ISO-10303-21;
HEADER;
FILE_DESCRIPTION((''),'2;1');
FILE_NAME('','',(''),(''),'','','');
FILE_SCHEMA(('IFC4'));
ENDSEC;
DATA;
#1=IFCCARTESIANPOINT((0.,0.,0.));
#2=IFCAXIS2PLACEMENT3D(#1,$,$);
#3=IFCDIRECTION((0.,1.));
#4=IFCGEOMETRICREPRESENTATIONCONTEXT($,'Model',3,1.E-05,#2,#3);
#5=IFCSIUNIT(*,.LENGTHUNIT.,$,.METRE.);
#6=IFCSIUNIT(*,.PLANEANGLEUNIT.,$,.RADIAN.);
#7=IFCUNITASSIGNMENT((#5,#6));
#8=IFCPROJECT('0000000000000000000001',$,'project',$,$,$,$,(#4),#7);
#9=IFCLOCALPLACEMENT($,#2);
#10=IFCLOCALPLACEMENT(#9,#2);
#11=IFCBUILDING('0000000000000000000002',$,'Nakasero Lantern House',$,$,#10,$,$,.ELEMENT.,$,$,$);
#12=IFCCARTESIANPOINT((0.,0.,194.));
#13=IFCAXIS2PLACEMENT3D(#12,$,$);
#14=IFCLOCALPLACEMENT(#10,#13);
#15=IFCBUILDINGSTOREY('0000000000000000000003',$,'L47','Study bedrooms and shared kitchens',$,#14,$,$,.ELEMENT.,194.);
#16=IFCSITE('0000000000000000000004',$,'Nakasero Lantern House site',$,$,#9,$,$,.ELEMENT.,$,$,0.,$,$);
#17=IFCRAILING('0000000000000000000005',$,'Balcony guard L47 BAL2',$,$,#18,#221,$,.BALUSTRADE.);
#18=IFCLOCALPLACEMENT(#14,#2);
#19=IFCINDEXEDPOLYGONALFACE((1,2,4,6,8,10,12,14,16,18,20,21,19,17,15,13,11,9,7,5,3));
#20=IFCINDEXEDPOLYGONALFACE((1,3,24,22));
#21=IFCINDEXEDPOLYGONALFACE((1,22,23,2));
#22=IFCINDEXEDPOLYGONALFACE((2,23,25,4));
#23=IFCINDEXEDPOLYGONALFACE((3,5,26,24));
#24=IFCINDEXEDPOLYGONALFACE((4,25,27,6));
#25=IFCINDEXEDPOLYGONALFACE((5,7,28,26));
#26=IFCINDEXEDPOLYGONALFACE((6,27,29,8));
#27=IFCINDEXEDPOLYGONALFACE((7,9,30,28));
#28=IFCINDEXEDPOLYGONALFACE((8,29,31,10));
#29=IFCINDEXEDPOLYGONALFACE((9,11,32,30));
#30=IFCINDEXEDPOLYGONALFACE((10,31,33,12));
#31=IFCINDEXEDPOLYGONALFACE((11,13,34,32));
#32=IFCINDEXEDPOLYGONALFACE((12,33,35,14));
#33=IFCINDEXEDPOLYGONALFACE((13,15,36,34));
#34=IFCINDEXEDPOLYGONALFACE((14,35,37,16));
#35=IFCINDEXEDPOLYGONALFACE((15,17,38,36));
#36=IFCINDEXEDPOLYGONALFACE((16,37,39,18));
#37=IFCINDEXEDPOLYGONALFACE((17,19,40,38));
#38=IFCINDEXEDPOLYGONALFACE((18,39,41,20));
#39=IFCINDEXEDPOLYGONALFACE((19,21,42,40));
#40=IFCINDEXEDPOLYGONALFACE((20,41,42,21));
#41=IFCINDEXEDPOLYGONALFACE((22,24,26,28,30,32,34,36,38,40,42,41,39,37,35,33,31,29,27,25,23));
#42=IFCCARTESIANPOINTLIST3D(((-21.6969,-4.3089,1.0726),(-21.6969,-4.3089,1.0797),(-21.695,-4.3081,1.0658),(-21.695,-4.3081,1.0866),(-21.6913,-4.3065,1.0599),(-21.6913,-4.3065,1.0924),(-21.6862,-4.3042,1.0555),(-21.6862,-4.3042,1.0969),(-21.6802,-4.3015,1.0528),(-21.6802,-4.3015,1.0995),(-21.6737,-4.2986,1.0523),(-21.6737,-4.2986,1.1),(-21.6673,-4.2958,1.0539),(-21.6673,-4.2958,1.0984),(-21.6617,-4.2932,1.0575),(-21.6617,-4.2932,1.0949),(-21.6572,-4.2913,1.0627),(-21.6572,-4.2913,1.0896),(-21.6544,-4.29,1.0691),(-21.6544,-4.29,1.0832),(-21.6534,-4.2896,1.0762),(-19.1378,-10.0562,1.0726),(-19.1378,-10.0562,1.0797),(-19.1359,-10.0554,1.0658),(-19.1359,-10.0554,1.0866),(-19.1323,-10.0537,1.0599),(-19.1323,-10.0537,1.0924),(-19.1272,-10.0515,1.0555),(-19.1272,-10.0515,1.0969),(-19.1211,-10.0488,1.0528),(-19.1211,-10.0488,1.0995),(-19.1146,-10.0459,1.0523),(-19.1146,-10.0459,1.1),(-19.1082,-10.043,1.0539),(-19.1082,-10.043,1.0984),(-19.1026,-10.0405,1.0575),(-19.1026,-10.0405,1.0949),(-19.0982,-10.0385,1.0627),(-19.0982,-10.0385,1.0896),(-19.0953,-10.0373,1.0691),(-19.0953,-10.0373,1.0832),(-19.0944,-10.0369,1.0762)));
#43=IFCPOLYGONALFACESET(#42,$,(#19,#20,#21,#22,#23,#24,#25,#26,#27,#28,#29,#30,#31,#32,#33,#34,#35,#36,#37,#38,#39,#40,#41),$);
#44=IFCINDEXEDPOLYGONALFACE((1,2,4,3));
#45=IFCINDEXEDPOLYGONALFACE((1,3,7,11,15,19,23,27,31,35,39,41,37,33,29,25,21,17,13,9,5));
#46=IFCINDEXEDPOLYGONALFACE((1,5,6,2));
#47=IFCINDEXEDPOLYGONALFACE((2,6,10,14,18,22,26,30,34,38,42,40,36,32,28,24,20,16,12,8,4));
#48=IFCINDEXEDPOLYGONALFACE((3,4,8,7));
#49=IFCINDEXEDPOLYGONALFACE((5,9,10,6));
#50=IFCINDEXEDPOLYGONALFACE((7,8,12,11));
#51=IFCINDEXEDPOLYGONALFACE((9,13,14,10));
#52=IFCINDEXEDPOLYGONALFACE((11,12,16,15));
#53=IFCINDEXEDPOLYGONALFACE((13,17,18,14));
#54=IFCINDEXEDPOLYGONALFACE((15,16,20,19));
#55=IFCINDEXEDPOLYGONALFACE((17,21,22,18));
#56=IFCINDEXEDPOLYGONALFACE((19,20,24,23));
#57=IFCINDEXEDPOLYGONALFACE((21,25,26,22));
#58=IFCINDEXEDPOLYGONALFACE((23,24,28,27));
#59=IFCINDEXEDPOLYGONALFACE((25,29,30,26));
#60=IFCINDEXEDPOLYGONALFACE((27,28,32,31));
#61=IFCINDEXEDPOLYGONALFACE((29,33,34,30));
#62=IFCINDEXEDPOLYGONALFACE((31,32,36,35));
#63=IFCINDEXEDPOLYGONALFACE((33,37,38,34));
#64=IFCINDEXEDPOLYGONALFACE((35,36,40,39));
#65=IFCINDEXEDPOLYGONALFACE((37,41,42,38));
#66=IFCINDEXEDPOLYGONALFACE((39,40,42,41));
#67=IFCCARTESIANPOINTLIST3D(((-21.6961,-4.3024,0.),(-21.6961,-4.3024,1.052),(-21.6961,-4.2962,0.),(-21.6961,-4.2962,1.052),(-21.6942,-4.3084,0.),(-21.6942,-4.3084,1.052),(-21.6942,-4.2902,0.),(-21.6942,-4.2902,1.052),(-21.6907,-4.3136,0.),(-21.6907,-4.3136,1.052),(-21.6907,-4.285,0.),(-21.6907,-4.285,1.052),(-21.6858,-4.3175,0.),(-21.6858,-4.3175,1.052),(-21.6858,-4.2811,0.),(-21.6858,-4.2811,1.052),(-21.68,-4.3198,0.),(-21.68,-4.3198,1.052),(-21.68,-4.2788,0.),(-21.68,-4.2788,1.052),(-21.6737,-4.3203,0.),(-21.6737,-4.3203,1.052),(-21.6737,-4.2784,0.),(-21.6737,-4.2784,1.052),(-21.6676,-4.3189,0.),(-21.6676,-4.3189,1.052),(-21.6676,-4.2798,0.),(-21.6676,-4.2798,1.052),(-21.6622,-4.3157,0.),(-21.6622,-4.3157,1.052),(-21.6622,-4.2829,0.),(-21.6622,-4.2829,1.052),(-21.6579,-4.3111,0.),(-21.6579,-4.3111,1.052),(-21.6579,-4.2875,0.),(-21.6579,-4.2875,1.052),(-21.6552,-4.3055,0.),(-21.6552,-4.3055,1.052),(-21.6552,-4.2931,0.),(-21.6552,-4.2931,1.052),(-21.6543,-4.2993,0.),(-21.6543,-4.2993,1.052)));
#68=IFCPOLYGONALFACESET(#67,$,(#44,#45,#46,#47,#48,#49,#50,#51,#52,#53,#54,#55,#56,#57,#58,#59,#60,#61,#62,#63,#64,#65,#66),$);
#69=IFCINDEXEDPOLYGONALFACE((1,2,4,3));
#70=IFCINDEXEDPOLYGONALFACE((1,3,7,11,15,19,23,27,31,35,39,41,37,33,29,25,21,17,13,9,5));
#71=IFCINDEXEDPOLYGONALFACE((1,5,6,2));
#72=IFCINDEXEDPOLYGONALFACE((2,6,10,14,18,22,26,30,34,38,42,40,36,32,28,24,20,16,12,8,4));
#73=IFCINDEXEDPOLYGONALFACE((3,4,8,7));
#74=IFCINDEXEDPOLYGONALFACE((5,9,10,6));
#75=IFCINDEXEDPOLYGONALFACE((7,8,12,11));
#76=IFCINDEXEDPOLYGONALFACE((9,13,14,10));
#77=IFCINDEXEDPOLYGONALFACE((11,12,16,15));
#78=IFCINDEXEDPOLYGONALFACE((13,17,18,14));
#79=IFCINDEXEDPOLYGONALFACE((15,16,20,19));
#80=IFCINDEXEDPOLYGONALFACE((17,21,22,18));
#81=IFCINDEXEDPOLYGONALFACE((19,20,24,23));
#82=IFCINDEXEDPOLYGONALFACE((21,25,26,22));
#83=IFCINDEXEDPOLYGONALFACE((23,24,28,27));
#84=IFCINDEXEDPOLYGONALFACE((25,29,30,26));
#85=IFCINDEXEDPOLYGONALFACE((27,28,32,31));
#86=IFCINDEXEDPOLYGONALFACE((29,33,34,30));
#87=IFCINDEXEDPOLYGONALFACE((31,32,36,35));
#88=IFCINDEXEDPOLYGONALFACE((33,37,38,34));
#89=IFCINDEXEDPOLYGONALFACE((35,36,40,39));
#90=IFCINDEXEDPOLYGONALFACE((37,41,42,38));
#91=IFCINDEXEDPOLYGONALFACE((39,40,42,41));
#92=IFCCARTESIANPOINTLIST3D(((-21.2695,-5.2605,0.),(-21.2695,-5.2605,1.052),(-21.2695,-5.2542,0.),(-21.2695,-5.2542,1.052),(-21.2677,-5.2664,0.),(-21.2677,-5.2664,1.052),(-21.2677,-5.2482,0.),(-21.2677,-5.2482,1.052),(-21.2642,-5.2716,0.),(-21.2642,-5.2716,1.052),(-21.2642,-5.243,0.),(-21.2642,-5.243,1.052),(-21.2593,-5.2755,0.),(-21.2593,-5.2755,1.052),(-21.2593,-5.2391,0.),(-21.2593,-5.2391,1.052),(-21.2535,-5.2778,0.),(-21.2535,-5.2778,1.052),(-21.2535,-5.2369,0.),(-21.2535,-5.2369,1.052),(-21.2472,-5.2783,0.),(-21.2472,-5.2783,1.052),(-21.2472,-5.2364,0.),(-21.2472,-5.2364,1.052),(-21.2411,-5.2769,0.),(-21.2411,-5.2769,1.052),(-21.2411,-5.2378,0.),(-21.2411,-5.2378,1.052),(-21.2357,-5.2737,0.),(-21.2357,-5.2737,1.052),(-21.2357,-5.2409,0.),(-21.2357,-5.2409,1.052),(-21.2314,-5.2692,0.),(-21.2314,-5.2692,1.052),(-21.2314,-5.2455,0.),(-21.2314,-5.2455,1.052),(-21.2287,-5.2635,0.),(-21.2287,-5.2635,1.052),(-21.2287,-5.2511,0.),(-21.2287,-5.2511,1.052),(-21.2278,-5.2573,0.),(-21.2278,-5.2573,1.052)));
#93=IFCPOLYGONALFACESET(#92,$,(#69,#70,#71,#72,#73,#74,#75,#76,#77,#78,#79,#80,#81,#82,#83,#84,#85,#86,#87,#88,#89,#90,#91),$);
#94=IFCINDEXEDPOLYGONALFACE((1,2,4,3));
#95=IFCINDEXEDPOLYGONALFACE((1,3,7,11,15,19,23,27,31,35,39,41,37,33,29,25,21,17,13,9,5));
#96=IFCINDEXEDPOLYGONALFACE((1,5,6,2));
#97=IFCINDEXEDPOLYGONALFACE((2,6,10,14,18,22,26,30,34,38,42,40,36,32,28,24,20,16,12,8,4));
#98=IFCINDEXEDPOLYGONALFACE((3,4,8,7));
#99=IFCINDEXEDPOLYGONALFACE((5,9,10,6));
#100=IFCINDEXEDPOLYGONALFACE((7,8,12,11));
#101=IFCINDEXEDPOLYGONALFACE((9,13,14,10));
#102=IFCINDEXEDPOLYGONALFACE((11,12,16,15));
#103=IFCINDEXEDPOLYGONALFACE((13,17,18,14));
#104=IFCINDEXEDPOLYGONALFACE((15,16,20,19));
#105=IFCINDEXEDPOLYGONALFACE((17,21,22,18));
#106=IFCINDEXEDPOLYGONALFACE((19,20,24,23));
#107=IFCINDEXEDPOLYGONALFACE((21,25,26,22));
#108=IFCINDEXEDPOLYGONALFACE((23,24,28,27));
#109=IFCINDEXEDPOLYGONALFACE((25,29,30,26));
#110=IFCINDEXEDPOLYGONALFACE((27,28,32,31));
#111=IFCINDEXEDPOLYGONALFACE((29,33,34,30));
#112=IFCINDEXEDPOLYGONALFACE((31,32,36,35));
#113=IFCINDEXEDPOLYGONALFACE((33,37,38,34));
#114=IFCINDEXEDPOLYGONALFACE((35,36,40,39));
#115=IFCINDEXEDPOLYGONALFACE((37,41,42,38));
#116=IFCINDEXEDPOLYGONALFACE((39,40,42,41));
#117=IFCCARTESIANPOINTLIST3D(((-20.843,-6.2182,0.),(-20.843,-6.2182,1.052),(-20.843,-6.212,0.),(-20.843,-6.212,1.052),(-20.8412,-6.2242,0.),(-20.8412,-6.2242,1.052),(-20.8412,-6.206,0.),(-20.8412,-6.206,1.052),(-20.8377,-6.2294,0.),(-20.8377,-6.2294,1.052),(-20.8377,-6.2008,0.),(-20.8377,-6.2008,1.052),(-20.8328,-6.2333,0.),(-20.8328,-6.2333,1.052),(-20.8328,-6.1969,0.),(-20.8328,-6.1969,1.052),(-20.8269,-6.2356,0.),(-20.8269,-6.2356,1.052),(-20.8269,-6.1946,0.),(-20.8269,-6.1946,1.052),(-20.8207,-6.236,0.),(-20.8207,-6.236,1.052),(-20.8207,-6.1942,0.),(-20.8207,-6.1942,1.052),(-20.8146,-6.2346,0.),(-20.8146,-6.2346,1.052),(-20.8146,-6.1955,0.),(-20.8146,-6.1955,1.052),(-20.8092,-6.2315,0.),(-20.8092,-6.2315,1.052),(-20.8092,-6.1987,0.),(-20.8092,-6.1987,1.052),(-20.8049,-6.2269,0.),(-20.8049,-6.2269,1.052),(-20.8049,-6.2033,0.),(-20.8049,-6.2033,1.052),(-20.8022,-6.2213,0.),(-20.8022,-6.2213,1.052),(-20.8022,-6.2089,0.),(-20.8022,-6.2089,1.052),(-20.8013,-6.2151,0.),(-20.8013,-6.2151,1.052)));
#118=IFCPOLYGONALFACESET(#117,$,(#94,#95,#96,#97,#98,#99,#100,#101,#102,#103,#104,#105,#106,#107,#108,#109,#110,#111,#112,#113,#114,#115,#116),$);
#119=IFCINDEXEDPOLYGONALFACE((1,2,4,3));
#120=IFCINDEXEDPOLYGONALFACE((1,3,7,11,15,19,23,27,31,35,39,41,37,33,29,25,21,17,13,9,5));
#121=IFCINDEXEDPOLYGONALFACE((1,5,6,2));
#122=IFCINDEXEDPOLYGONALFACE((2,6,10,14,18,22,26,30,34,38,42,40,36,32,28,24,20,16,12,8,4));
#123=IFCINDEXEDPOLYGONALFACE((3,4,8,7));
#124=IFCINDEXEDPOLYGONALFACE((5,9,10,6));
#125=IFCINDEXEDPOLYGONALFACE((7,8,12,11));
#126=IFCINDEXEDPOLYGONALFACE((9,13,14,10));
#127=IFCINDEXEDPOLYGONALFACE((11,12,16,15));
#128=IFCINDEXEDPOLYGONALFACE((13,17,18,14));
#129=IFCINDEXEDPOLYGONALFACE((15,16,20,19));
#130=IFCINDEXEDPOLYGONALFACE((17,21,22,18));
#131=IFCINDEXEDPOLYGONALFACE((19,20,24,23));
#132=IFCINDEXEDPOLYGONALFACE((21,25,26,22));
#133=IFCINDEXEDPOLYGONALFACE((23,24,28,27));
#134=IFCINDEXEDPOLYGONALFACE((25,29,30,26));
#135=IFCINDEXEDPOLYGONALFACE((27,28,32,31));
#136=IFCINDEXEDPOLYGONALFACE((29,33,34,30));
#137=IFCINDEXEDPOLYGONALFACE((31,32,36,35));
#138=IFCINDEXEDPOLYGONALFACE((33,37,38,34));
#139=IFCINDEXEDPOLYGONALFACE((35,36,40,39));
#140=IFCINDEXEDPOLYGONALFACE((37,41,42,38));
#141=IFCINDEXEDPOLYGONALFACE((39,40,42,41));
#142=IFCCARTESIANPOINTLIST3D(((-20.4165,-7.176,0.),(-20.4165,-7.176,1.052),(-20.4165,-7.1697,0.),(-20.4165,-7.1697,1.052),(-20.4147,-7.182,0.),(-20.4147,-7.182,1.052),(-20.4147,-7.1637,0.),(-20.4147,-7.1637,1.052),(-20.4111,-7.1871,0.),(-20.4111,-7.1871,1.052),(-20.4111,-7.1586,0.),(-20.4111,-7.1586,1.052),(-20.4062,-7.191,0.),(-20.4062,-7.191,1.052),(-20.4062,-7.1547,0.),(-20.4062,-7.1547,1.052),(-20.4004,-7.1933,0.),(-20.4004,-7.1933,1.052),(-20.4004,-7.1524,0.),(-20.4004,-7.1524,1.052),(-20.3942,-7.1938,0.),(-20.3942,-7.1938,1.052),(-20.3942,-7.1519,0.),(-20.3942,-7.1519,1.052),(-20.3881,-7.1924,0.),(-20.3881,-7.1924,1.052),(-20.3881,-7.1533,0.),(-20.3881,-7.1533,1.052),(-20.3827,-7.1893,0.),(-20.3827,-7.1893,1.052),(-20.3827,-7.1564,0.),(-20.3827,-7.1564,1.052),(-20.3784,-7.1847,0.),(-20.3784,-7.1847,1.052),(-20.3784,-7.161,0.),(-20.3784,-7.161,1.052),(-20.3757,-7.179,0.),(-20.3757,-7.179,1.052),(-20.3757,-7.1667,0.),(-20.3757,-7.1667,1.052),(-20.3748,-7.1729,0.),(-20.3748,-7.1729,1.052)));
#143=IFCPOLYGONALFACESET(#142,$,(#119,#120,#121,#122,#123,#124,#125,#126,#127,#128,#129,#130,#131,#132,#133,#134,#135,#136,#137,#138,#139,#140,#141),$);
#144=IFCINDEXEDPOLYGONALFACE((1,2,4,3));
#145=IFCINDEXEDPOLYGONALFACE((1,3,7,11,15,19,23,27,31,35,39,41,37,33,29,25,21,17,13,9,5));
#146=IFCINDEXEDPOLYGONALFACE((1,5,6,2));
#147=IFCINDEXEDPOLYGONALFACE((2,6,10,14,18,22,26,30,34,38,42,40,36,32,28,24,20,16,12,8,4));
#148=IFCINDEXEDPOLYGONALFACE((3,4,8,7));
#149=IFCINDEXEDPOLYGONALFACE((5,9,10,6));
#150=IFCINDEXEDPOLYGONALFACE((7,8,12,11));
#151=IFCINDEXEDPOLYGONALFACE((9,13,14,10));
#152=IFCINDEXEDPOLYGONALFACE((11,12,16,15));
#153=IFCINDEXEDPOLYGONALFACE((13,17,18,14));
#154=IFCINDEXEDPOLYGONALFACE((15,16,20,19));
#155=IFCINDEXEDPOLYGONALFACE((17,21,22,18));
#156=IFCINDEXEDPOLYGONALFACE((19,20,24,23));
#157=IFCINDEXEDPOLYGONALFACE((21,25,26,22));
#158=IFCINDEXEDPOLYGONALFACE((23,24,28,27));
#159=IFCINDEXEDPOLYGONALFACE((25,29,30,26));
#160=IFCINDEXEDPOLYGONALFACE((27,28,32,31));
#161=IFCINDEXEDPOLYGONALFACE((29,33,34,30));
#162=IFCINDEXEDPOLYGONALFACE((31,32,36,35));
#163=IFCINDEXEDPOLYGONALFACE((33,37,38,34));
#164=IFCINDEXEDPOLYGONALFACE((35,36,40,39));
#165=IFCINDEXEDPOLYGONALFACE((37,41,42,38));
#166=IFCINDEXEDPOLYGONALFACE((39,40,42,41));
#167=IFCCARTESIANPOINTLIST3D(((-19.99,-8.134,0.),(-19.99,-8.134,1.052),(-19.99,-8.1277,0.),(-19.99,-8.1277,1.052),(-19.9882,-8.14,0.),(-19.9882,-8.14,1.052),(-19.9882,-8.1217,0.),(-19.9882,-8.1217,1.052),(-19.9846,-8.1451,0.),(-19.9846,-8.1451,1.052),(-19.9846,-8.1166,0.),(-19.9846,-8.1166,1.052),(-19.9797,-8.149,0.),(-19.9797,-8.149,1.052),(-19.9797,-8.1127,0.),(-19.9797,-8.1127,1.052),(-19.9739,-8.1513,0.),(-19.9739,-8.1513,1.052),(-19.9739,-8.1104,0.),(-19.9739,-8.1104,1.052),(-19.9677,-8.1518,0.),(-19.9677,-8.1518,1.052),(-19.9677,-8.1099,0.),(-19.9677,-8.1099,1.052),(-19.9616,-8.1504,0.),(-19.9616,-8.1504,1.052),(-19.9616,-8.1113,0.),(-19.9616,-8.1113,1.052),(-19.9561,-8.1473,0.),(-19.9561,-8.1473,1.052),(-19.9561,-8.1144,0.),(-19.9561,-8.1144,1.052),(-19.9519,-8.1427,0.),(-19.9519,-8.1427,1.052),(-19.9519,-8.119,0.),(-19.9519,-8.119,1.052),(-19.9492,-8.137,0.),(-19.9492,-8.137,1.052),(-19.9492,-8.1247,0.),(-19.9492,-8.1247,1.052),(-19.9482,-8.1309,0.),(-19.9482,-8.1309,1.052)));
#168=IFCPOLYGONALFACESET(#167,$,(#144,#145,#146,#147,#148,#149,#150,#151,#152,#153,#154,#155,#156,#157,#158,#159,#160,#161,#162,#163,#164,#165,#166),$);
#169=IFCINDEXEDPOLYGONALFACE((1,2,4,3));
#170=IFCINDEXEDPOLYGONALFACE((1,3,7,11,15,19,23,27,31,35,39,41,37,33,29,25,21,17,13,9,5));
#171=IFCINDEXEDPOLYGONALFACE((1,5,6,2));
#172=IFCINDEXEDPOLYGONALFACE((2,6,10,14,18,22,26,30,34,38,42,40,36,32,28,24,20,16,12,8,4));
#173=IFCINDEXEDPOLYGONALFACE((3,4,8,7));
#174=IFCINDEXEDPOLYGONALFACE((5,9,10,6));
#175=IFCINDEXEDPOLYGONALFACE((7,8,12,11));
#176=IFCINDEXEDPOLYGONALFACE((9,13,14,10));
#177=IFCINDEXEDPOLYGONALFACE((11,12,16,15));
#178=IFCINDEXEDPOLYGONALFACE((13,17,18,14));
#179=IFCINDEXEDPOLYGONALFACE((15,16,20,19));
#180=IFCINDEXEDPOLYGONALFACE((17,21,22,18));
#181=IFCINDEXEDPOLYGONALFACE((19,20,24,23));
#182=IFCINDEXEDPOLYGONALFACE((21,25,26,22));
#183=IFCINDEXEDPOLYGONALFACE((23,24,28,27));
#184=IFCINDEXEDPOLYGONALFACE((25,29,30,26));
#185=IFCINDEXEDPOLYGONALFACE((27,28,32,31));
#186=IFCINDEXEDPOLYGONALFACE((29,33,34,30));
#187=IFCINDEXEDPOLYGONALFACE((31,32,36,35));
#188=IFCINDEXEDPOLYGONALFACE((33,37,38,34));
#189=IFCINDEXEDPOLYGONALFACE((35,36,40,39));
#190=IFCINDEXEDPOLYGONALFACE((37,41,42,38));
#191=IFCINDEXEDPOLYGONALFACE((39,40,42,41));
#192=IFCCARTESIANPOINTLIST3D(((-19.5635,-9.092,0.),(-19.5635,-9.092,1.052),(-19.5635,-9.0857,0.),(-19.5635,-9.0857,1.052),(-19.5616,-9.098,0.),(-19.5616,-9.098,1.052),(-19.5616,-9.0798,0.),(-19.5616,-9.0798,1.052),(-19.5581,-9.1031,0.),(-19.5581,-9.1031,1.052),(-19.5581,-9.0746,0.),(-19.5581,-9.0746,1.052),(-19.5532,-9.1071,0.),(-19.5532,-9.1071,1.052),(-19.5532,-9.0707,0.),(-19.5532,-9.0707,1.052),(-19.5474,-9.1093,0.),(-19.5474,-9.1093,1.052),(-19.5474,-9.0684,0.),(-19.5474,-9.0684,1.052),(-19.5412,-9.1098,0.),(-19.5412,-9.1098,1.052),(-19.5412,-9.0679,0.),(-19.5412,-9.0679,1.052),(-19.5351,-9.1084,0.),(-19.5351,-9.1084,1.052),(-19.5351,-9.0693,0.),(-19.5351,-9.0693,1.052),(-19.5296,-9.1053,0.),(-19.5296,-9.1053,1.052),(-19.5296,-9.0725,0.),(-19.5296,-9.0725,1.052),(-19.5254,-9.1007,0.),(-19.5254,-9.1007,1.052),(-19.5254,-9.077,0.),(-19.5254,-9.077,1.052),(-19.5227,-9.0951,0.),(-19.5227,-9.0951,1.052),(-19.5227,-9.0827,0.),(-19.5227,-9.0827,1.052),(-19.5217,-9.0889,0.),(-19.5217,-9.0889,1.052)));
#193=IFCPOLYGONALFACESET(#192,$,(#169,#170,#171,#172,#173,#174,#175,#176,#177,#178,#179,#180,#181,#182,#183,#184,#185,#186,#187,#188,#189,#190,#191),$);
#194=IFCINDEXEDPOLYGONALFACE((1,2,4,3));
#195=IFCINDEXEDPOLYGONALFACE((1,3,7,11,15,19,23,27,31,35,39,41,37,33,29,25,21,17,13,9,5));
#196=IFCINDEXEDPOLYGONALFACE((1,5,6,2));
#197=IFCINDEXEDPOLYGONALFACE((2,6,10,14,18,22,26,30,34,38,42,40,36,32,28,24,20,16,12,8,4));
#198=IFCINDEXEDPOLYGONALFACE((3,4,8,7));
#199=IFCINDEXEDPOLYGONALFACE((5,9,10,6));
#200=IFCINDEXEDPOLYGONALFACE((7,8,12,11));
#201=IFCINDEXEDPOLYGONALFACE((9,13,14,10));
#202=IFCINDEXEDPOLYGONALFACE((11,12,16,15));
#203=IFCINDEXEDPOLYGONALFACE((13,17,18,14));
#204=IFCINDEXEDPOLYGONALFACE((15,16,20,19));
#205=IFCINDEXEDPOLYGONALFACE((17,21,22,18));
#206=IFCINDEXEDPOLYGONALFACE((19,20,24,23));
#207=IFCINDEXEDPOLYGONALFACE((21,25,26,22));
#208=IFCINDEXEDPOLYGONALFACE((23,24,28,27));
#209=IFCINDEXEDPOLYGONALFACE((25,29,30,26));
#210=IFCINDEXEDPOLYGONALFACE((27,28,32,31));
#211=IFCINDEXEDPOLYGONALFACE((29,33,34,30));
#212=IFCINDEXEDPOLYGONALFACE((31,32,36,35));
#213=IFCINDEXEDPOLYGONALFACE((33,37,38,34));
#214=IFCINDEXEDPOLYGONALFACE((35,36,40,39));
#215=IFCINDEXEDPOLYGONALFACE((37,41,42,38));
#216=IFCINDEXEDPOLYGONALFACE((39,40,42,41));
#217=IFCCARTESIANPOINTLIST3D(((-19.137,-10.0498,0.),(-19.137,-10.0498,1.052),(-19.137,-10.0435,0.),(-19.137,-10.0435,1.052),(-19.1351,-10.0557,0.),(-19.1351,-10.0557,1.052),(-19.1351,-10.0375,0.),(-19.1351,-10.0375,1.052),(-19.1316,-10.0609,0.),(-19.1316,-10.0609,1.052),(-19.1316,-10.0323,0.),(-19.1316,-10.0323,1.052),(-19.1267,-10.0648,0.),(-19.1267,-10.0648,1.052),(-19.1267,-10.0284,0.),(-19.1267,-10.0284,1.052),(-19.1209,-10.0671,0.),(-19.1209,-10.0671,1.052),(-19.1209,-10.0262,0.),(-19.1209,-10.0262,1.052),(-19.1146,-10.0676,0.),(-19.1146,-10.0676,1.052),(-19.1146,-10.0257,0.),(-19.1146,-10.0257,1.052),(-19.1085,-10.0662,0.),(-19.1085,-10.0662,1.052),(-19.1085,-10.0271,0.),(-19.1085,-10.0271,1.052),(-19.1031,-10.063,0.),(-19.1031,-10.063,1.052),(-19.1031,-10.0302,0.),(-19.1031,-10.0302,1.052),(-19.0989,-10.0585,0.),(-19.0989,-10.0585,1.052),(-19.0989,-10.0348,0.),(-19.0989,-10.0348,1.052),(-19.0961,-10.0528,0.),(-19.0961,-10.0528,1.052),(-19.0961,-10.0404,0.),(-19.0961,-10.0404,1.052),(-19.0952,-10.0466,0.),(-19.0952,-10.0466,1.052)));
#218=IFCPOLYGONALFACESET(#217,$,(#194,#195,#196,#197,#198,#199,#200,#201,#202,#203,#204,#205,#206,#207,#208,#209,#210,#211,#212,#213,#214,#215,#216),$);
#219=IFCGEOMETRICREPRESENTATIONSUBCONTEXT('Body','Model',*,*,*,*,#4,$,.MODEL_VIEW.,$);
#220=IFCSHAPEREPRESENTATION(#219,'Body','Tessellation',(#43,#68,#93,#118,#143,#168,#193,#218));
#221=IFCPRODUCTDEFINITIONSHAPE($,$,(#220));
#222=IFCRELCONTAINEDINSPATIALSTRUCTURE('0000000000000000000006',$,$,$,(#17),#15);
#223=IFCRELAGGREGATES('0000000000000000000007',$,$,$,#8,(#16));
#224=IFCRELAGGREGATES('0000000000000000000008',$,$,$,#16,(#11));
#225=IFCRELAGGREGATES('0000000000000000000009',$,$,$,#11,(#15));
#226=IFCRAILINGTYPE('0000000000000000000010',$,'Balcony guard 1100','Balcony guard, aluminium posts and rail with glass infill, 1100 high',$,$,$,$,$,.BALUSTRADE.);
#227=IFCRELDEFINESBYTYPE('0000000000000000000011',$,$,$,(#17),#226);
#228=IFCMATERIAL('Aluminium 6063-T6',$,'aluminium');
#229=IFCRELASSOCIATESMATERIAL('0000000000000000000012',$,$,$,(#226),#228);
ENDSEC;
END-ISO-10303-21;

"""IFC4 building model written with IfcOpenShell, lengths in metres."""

from ifc_helpers import new_model, si_unit, direction, frame, origin, origin_2d, place, context, subcontext, project, spatial, circle, extrude, material, type_object, element, save


model = new_model("IFC4")

# Units and contexts
model_context = context("Model", 3, precision=1e-05, world=origin(), true_north=direction((0.0, 1.0)))
body_context = subcontext(model_context, "Body", "Model", "MODEL_VIEW")
ifc_project = project(units=[si_unit("LENGTHUNIT", "METRE"), si_unit("PLANEANGLEUNIT", "RADIAN")], contexts=[model_context])

# Site, building, storey
site_placement = place(None, origin())
site = spatial("IfcSite", under=ifc_project, at=site_placement, Name="Nakasero Lantern House site", CompositionType="ELEMENT", RefElevation=0.0)
building_placement = place(site_placement, origin())
building = spatial("IfcBuilding", under=site, at=building_placement, Name="Nakasero Lantern House", CompositionType="ELEMENT")
storey_placement = place(building_placement, frame((0.0, 0.0, 194.0)))
storey = spatial("IfcBuildingStorey", under=building, at=storey_placement, Name="L47", Description="Study bedrooms and shared kitchens", CompositionType="ELEMENT", Elevation=194.0)

# Railing
ifc_material_1 = material(Name="Aluminium 6063-T6", Category="aluminium")
railing_type = type_object("IfcRailingType", Name="Balcony guard 1100", Description="Balcony guard, aluminium posts and rail with glass infill, 1100 high", PredefinedType="BALUSTRADE", material=ifc_material_1)
railing_placement = place(storey_placement, frame((-21.6753, -4.2993, 0.0)))
element("IfcRailing", 1, at=railing_placement, inside=storey, type_object=railing_type, Name="Balcony guard L47 BAL2", PredefinedType="BALUSTRADE", context=body_context, shape_type="SweptSolid", body=[
    extrude(circle(Radius=0.0239, at=origin_2d()), frame((0.0, 0.0, 1.0762), z_axis=(0.406765, -0.913533, 0.0), x_axis=(0.913533, 0.406765, 0.0)), (0.0, 0.0, 1.0), 6.2913),
    extrude(circle(Radius=0.021, at=origin_2d()), origin(), (0.0, 0.0, 1.0), 1.052),
    extrude(circle(Radius=0.021, at=origin_2d()), frame((0.4265, -0.958, 0.0)), (0.0, 0.0, 1.0), 1.052),
    extrude(circle(Radius=0.021, at=origin_2d()), frame((0.853, -1.9158, 0.0)), (0.0, 0.0, 1.0), 1.052),
    extrude(circle(Radius=0.021, at=origin_2d()), frame((1.2795, -2.8735, 0.0)), (0.0, 0.0, 1.0), 1.052),
    extrude(circle(Radius=0.021, at=origin_2d()), frame((1.7061, -3.8315, 0.0)), (0.0, 0.0, 1.0), 1.052),
    extrude(circle(Radius=0.021, at=origin_2d()), frame((2.1326, -4.7896, 0.0)), (0.0, 0.0, 1.0), 1.052),
    extrude(circle(Radius=0.021, at=origin_2d()), frame((2.5591, -5.7473, 0.0)), (0.0, 0.0, 1.0), 1.052),
])

save(model, "model.ifc")
